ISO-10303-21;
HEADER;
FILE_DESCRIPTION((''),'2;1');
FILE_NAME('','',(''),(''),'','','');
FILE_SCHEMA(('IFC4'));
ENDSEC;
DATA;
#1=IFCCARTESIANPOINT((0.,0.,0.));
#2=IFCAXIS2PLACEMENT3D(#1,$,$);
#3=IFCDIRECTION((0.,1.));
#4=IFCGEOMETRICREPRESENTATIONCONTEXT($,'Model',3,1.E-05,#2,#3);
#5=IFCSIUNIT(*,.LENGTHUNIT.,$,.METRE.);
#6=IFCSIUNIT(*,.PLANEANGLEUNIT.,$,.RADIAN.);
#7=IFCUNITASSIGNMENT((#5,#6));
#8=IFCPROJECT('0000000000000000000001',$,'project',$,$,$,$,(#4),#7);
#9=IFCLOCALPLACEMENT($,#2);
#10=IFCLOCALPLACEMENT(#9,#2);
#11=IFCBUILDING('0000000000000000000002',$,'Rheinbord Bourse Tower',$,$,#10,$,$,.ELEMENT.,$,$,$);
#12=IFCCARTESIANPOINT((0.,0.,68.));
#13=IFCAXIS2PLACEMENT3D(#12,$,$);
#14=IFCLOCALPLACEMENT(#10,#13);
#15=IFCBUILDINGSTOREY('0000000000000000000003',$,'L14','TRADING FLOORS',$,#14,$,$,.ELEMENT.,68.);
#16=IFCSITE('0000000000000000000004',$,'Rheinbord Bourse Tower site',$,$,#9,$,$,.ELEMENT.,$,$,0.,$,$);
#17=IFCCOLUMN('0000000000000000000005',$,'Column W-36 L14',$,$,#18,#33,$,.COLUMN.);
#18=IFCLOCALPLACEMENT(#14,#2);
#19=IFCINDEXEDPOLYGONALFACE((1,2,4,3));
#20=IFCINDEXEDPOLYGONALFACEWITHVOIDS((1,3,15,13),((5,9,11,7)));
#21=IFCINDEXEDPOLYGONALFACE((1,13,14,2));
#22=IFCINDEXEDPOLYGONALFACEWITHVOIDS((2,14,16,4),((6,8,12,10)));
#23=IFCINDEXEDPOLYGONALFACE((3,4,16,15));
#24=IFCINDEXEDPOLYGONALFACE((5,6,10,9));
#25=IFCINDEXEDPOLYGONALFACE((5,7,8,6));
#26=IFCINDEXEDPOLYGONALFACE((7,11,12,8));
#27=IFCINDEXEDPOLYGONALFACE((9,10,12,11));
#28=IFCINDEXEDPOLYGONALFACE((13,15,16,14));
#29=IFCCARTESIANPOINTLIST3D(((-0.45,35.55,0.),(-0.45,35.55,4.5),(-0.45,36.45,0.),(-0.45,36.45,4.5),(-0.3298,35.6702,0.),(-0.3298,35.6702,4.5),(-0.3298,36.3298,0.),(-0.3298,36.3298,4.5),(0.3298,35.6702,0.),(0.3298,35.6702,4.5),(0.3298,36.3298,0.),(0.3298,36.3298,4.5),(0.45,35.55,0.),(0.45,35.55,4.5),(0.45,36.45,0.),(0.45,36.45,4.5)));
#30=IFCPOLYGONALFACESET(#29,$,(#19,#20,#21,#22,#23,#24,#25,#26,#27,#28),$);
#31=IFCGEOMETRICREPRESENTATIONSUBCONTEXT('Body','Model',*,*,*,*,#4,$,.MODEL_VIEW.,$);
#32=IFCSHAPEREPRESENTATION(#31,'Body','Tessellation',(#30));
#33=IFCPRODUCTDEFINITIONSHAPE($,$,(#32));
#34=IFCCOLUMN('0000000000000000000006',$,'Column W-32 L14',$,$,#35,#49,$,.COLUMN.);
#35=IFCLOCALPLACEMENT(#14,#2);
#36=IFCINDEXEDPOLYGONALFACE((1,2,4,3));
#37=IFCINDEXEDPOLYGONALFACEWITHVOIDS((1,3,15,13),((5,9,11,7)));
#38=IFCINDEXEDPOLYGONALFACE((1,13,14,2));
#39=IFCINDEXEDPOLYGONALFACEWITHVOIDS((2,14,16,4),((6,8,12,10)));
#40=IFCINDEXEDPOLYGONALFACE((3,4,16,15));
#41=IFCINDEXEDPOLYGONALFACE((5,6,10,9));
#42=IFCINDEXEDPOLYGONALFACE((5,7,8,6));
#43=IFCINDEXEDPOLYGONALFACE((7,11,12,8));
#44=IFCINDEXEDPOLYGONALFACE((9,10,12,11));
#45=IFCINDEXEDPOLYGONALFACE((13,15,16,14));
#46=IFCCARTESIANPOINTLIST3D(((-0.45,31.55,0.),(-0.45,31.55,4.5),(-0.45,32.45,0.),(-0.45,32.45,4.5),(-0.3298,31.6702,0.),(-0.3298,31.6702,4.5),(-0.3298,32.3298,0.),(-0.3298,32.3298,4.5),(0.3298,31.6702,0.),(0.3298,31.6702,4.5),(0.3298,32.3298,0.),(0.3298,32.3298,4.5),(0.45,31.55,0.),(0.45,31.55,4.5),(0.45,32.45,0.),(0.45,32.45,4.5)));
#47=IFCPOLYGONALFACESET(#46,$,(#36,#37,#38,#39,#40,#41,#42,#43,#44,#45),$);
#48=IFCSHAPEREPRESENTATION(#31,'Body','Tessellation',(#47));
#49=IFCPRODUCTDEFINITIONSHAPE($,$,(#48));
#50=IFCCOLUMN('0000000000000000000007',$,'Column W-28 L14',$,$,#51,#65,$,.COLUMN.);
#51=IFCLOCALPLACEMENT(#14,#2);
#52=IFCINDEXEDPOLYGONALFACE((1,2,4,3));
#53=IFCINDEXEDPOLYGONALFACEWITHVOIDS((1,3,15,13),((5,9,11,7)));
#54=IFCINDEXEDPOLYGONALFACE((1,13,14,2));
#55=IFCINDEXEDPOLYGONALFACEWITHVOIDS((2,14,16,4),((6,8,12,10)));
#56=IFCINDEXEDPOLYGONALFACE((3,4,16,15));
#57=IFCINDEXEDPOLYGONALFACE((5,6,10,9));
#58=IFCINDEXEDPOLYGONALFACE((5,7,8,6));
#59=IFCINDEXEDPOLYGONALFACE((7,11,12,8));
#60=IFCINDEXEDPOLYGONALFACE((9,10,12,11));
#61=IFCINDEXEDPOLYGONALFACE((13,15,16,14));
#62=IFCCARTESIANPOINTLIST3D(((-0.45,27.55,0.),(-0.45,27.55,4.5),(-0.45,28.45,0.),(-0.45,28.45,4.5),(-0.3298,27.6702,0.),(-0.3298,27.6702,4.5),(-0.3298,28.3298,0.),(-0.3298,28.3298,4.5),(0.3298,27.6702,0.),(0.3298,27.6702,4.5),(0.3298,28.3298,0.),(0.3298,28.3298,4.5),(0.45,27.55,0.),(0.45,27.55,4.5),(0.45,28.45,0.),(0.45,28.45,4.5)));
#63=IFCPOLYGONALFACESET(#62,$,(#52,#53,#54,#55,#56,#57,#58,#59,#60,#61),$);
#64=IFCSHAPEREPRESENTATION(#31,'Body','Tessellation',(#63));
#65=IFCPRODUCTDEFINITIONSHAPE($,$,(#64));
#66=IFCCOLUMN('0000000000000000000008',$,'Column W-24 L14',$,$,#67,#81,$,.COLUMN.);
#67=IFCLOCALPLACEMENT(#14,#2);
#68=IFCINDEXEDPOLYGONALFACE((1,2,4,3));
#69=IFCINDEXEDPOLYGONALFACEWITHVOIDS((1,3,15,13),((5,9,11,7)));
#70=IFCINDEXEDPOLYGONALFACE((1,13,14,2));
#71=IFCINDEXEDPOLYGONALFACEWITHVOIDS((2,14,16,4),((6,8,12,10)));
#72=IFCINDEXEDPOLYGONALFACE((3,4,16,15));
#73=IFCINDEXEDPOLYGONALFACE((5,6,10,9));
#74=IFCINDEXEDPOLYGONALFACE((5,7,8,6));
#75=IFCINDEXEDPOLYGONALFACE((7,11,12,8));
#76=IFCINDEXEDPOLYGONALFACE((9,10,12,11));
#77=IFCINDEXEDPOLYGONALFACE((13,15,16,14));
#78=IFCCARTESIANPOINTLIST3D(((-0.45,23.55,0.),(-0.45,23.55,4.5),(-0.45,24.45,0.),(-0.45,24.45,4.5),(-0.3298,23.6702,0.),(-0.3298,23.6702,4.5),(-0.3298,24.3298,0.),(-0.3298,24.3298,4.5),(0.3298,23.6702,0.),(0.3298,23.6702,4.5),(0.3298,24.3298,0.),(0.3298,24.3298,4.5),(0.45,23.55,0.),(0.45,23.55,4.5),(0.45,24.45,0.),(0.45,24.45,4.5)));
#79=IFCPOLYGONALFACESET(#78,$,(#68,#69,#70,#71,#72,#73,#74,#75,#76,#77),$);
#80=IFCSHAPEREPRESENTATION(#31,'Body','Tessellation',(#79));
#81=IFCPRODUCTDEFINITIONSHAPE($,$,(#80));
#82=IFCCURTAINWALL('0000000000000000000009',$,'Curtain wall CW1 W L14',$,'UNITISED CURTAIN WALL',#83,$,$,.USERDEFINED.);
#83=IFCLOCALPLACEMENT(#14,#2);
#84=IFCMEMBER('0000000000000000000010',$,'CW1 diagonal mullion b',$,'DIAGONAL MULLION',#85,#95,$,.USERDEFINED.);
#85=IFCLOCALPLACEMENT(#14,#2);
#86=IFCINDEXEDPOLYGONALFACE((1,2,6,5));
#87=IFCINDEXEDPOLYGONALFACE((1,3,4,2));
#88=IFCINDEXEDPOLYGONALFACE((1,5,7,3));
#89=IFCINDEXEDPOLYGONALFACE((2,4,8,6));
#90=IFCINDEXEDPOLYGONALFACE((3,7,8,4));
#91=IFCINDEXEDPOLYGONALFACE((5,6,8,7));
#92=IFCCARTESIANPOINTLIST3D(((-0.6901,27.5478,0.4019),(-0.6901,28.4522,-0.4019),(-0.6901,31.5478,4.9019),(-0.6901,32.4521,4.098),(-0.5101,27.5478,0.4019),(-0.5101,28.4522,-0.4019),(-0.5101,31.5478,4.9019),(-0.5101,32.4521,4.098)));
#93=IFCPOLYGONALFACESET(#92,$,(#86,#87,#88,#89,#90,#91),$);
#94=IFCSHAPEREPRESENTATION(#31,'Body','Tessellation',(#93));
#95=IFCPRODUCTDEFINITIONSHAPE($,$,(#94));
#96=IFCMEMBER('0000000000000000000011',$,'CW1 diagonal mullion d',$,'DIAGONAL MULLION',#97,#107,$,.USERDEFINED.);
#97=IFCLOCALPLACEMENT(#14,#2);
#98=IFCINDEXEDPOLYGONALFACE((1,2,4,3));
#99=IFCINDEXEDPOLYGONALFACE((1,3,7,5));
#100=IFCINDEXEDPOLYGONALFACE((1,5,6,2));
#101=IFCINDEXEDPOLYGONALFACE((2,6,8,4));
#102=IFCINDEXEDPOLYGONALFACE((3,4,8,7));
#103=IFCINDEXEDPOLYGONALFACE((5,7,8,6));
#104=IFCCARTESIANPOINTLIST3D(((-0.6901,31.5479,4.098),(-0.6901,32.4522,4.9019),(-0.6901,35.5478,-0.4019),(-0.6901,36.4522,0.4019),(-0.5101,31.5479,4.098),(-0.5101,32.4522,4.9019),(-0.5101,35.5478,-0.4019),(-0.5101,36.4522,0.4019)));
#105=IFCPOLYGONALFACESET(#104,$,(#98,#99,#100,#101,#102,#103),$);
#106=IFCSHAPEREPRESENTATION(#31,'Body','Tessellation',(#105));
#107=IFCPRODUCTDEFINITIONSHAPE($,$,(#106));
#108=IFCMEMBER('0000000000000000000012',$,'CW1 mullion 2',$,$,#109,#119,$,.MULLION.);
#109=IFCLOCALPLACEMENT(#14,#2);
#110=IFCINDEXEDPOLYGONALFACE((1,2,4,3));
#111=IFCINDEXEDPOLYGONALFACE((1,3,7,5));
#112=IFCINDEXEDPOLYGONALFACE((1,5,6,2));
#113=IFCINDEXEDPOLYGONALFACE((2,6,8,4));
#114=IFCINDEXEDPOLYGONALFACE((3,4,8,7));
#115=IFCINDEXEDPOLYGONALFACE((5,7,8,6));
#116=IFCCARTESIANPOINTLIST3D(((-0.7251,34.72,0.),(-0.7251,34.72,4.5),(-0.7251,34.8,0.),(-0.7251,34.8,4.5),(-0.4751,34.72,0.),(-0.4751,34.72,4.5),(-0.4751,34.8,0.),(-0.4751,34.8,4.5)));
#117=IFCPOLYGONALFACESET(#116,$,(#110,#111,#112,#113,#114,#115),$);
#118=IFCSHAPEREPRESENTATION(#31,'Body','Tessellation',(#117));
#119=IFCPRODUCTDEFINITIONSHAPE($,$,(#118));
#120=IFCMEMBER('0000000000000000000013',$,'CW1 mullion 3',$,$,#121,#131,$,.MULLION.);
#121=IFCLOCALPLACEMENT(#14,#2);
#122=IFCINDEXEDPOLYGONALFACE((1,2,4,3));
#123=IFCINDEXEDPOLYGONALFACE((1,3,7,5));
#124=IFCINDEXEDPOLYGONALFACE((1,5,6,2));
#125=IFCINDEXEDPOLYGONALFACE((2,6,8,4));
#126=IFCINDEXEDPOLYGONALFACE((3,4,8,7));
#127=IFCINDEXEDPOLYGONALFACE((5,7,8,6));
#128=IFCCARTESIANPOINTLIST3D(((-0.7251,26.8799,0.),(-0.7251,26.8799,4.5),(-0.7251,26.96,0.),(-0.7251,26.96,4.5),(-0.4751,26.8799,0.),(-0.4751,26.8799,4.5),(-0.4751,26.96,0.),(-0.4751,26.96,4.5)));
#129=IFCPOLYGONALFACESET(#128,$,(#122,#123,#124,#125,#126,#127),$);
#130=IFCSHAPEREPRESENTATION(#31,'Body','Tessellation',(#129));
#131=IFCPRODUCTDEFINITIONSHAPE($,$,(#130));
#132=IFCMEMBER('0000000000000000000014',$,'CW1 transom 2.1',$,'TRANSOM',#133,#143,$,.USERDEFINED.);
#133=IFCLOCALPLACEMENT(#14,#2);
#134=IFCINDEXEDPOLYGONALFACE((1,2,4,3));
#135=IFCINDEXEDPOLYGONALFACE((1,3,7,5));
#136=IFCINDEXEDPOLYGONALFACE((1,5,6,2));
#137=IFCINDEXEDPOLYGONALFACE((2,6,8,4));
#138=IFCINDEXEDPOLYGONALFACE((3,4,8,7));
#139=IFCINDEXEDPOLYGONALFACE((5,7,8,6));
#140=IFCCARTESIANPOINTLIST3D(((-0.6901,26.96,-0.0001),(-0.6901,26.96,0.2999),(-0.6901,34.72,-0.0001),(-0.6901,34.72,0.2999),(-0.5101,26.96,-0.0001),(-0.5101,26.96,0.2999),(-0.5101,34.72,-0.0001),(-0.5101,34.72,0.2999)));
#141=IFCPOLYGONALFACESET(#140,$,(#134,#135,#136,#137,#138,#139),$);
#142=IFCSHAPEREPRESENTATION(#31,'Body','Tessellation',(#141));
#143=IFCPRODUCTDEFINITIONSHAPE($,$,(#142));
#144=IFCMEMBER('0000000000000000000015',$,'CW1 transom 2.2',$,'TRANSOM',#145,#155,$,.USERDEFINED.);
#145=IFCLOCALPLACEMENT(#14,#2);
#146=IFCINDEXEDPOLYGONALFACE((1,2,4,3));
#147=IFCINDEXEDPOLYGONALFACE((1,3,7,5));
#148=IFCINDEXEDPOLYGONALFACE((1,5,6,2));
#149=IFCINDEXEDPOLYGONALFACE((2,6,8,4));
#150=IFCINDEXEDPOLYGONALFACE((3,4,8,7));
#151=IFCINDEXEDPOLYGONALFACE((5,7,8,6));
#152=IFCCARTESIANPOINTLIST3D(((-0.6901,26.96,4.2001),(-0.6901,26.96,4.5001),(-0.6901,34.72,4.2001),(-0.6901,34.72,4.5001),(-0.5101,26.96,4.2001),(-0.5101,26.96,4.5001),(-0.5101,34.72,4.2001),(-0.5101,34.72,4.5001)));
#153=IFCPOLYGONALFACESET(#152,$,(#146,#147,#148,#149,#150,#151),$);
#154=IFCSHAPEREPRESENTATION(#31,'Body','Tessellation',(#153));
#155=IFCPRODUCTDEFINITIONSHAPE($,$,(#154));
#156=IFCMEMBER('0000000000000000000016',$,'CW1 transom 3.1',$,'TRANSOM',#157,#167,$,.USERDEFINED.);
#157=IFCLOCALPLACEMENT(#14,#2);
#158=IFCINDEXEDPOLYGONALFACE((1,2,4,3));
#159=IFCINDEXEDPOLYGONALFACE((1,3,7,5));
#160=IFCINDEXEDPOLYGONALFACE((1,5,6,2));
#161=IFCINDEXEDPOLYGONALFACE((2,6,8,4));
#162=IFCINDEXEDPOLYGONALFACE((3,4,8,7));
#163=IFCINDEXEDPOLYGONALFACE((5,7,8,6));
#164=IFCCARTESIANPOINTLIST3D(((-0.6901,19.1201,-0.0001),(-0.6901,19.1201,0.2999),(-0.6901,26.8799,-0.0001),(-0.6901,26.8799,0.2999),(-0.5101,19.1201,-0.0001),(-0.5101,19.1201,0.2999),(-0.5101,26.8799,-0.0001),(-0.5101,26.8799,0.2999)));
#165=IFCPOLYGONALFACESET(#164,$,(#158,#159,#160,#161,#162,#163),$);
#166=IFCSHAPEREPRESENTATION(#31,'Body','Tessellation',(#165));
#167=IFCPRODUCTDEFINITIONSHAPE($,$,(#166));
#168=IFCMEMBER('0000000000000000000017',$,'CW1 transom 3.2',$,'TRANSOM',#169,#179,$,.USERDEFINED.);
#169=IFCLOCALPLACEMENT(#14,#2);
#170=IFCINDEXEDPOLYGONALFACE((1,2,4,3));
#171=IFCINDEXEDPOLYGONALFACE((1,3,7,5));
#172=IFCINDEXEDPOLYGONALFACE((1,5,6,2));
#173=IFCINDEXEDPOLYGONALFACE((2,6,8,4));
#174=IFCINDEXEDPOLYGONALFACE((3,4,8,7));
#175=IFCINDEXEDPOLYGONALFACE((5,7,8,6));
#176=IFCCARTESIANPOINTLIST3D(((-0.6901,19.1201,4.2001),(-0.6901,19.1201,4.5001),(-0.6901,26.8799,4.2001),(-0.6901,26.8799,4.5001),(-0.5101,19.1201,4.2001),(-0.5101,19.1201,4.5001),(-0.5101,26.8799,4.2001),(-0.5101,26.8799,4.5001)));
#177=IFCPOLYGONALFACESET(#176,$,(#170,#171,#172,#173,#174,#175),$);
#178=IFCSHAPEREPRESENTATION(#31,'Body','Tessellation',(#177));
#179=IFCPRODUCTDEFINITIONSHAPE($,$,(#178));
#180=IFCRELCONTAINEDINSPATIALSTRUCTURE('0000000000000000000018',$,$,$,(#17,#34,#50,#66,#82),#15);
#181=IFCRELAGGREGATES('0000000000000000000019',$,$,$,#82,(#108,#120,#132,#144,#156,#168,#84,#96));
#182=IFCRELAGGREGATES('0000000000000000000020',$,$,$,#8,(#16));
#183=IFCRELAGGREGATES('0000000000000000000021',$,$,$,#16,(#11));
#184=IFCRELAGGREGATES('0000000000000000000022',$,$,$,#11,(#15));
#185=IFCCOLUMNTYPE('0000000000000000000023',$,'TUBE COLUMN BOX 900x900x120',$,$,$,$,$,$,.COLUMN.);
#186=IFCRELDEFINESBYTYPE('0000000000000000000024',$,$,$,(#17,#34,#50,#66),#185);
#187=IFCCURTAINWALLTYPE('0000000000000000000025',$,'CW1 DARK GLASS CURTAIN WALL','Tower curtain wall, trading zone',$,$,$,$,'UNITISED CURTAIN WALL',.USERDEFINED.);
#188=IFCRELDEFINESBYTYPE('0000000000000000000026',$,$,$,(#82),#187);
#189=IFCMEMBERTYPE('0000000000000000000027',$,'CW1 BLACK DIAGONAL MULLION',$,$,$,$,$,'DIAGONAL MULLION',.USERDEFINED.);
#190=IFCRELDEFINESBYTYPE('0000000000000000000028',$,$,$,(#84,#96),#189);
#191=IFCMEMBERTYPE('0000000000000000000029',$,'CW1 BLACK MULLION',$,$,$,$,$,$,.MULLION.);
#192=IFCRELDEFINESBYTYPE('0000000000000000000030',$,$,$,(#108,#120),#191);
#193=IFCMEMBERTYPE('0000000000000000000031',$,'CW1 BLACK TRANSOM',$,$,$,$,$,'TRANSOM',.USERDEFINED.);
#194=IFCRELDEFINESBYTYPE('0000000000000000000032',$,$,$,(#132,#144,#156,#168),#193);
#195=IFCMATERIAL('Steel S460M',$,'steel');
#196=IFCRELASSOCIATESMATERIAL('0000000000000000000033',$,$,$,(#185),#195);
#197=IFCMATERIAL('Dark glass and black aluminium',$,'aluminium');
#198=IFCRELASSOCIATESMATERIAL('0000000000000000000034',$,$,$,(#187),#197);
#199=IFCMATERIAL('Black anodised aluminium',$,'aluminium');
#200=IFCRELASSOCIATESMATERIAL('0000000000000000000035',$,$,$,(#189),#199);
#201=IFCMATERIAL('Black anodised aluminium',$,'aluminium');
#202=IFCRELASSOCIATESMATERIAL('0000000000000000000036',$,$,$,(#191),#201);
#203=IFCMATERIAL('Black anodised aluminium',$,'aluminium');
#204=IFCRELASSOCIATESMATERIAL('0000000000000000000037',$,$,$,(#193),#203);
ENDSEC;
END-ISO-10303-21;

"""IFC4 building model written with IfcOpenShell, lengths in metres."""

from ifc_helpers import new_model, si_unit, direction, frame, origin, origin_2d, place, context, subcontext, project, spatial, rectangle, hollow_rectangle, extrude, material, material_profile, profile_set, type_object, element, aggregate, save


model = new_model("IFC4")

# Units and contexts
model_context = context("Model", 3, precision=1e-05, world=origin(), true_north=direction((0.0, 1.0)))
body_context = subcontext(model_context, "Body", "Model", "MODEL_VIEW")
ifc_project = project(units=[si_unit("LENGTHUNIT", "METRE"), si_unit("PLANEANGLEUNIT", "RADIAN")], contexts=[model_context])

# Site, building, storey
site_placement = place(None, origin())
site = spatial("IfcSite", under=ifc_project, at=site_placement, Name="Rheinbord Bourse Tower site", CompositionType="ELEMENT", RefElevation=0.0)
building_placement = place(site_placement, origin())
building = spatial("IfcBuilding", under=site, at=building_placement, Name="Rheinbord Bourse Tower", CompositionType="ELEMENT")
storey_placement = place(building_placement, frame((0.0, 0.0, 68.0)))
storey = spatial("IfcBuildingStorey", under=building, at=storey_placement, Name="L14", Description="TRADING FLOORS", CompositionType="ELEMENT", Elevation=68.0)

# Columns
ifc_material_1 = material(Name="Steel S460M", Category="steel")
ifc_material_profile_1 = material_profile(ifc_material_1, hollow_rectangle(XDim=0.8999, YDim=0.8999, WallThickness=0.1201, at=origin_2d()), Name="BOX 900x900x120")
ifc_profile_set_1 = profile_set([ifc_material_profile_1], Name="Steel S460M")
column_type = type_object("IfcColumnType", Name="TUBE COLUMN BOX 900x900x120", PredefinedType="COLUMN", material=ifc_profile_set_1)
for number, where, z_axis, x_axis, name in (
    (1, (0.0, 36.0, 0.0), (0.0, 0.0, 1.0), (1.0, 0.0, 0.0), "Column W-36 L14"),
    (2, (0.0, 32.0, 0.0), (0.0, 0.0, 1.0), (1.0, 0.0, 0.0), "Column W-32 L14"),
    (3, (0.0, 28.0, 0.0), (0.0, 0.0, 1.0), (1.0, 0.0, 0.0), "Column W-28 L14"),
    (4, (0.0, 24.0, 0.0), (0.0, 0.0, 1.0), (1.0, 0.0, 0.0), "Column W-24 L14"),
):
    element("IfcColumn", number, at=place(storey_placement, frame(where, z_axis=z_axis, x_axis=x_axis)), inside=storey, type_object=column_type, Name=name, PredefinedType="COLUMN", context=body_context, shape_type="SweptSolid", body=[
        extrude(hollow_rectangle(XDim=0.8999, YDim=0.8999, WallThickness=0.1201, at=origin_2d()), origin(), (0.0, 0.0, 1.0), 4.5),
    ])

# Curtain wall, members
ifc_material_2 = material(Name="Dark glass and black aluminium", Category="aluminium")
curtain_wall_type = type_object("IfcCurtainWallType", Name="CW1 DARK GLASS CURTAIN WALL", Description="Tower curtain wall, trading zone", ElementType="UNITISED CURTAIN WALL", PredefinedType="USERDEFINED", material=ifc_material_2)
curtain_wall_placement = place(storey_placement, origin())
curtain_wall = element("IfcCurtainWall", 5, at=curtain_wall_placement, inside=storey, type_object=curtain_wall_type, Name="Curtain wall CW1 W L14", ObjectType="UNITISED CURTAIN WALL", PredefinedType="USERDEFINED")
ifc_material_3 = material(Name="Black anodised aluminium", Category="aluminium")
ifc_material_profile_2 = material_profile(ifc_material_3, rectangle(XDim=0.1799, YDim=1.21, at=origin_2d()), Name="CW1 DIAGONAL MULLION 1210x180")
ifc_profile_set_2 = profile_set([ifc_material_profile_2], Name="Black anodised aluminium")
member_type_1 = type_object("IfcMemberType", Name="CW1 BLACK DIAGONAL MULLION", ElementType="DIAGONAL MULLION", PredefinedType="USERDEFINED", material=ifc_profile_set_2)
member_1_placement = place(storey_placement, frame((-0.6001, 28.0, 0.0), z_axis=(0.0, 0.664364, 0.747409), x_axis=(-1.0, 0.0, 0.0)))
member_1 = element("IfcMember", 6, at=member_1_placement, type_object=member_type_1, Name="CW1 diagonal mullion b", ObjectType="DIAGONAL MULLION", PredefinedType="USERDEFINED", context=body_context, shape_type="SweptSolid", body=[
    extrude(rectangle(XDim=0.1799, YDim=1.21, at=origin_2d()), origin(), (0.0, 0.0, 1.0), 6.0208),
])
member_2_placement = place(storey_placement, frame((-0.6001, 36.0, 0.0), z_axis=(0.0, -0.664364, 0.747409), x_axis=(1.0, 0.0, 0.0)))
member_2 = element("IfcMember", 7, at=member_2_placement, type_object=member_type_1, Name="CW1 diagonal mullion d", ObjectType="DIAGONAL MULLION", PredefinedType="USERDEFINED", context=body_context, shape_type="SweptSolid", body=[
    extrude(rectangle(XDim=0.1799, YDim=1.21, at=origin_2d()), origin(), (0.0, 0.0, 1.0), 6.0208),
])
ifc_material_4 = material(Name="Black anodised aluminium", Category="aluminium")
ifc_material_profile_3 = material_profile(ifc_material_4, rectangle(XDim=0.25, YDim=0.0801, at=origin_2d()), Name="CW1 MULLION 80x250")
ifc_profile_set_3 = profile_set([ifc_material_profile_3], Name="Black anodised aluminium")
member_type_2 = type_object("IfcMemberType", Name="CW1 BLACK MULLION", PredefinedType="MULLION", material=ifc_profile_set_3)
member_3_placement = place(storey_placement, frame((-0.6001, 34.76, 0.0), z_axis=(0.0, 0.0, 1.0), x_axis=(1.0, 0.0, 0.0)))
member_3 = element("IfcMember", 8, at=member_3_placement, type_object=member_type_2, Name="CW1 mullion 2", PredefinedType="MULLION", context=body_context, shape_type="SweptSolid", body=[
    extrude(rectangle(XDim=0.25, YDim=0.0801, at=origin_2d()), origin(), (0.0, 0.0, 1.0), 4.5),
])
member_4_placement = place(storey_placement, frame((-0.6001, 26.9199, 0.0), z_axis=(0.0, 0.0, 1.0), x_axis=(1.0, 0.0, 0.0)))
member_4 = element("IfcMember", 9, at=member_4_placement, type_object=member_type_2, Name="CW1 mullion 3", PredefinedType="MULLION", context=body_context, shape_type="SweptSolid", body=[
    extrude(rectangle(XDim=0.25, YDim=0.0801, at=origin_2d()), origin(), (0.0, 0.0, 1.0), 4.5),
])
ifc_material_5 = material(Name="Black anodised aluminium", Category="aluminium")
ifc_material_profile_4 = material_profile(ifc_material_5, rectangle(XDim=0.1799, YDim=0.3, at=origin_2d()), Name="CW1 TRANSOM 300x180")
ifc_profile_set_4 = profile_set([ifc_material_profile_4], Name="Black anodised aluminium")
member_type_3 = type_object("IfcMemberType", Name="CW1 BLACK TRANSOM", ElementType="TRANSOM", PredefinedType="USERDEFINED", material=ifc_profile_set_4)
member_5_placement = place(storey_placement, frame((-0.6001, 34.72, 0.1499), z_axis=(0.0, -1.0, 0.0), x_axis=(1.0, 0.0, 0.0)))
member_5 = element("IfcMember", 10, at=member_5_placement, type_object=member_type_3, Name="CW1 transom 2.1", ObjectType="TRANSOM", PredefinedType="USERDEFINED", context=body_context, shape_type="SweptSolid", body=[
    extrude(rectangle(XDim=0.1799, YDim=0.3, at=origin_2d()), origin(), (0.0, 0.0, 1.0), 7.76),
])
member_6_placement = place(storey_placement, frame((-0.6001, 34.72, 4.3501), z_axis=(0.0, -1.0, 0.0), x_axis=(1.0, 0.0, 0.0)))
member_6 = element("IfcMember", 11, at=member_6_placement, type_object=member_type_3, Name="CW1 transom 2.2", ObjectType="TRANSOM", PredefinedType="USERDEFINED", context=body_context, shape_type="SweptSolid", body=[
    extrude(rectangle(XDim=0.1799, YDim=0.3, at=origin_2d()), origin(), (0.0, 0.0, 1.0), 7.76),
])
member_7_placement = place(storey_placement, frame((-0.6001, 26.8799, 0.1499), z_axis=(0.0, -1.0, 0.0), x_axis=(1.0, 0.0, 0.0)))
member_7 = element("IfcMember", 12, at=member_7_placement, type_object=member_type_3, Name="CW1 transom 3.1", ObjectType="TRANSOM", PredefinedType="USERDEFINED", context=body_context, shape_type="SweptSolid", body=[
    extrude(rectangle(XDim=0.1799, YDim=0.3, at=origin_2d()), origin(), (0.0, 0.0, 1.0), 7.7598),
])
member_8_placement = place(storey_placement, frame((-0.6001, 26.8799, 4.3501), z_axis=(0.0, -1.0, 0.0), x_axis=(1.0, 0.0, 0.0)))
member_8 = element("IfcMember", 13, at=member_8_placement, type_object=member_type_3, Name="CW1 transom 3.2", ObjectType="TRANSOM", PredefinedType="USERDEFINED", context=body_context, shape_type="SweptSolid", body=[
    extrude(rectangle(XDim=0.1799, YDim=0.3, at=origin_2d()), origin(), (0.0, 0.0, 1.0), 7.7598),
])

aggregate(curtain_wall, [member_3, member_4, member_5, member_6, member_7, member_8, member_1, member_2])

save(model, "model.ifc")
